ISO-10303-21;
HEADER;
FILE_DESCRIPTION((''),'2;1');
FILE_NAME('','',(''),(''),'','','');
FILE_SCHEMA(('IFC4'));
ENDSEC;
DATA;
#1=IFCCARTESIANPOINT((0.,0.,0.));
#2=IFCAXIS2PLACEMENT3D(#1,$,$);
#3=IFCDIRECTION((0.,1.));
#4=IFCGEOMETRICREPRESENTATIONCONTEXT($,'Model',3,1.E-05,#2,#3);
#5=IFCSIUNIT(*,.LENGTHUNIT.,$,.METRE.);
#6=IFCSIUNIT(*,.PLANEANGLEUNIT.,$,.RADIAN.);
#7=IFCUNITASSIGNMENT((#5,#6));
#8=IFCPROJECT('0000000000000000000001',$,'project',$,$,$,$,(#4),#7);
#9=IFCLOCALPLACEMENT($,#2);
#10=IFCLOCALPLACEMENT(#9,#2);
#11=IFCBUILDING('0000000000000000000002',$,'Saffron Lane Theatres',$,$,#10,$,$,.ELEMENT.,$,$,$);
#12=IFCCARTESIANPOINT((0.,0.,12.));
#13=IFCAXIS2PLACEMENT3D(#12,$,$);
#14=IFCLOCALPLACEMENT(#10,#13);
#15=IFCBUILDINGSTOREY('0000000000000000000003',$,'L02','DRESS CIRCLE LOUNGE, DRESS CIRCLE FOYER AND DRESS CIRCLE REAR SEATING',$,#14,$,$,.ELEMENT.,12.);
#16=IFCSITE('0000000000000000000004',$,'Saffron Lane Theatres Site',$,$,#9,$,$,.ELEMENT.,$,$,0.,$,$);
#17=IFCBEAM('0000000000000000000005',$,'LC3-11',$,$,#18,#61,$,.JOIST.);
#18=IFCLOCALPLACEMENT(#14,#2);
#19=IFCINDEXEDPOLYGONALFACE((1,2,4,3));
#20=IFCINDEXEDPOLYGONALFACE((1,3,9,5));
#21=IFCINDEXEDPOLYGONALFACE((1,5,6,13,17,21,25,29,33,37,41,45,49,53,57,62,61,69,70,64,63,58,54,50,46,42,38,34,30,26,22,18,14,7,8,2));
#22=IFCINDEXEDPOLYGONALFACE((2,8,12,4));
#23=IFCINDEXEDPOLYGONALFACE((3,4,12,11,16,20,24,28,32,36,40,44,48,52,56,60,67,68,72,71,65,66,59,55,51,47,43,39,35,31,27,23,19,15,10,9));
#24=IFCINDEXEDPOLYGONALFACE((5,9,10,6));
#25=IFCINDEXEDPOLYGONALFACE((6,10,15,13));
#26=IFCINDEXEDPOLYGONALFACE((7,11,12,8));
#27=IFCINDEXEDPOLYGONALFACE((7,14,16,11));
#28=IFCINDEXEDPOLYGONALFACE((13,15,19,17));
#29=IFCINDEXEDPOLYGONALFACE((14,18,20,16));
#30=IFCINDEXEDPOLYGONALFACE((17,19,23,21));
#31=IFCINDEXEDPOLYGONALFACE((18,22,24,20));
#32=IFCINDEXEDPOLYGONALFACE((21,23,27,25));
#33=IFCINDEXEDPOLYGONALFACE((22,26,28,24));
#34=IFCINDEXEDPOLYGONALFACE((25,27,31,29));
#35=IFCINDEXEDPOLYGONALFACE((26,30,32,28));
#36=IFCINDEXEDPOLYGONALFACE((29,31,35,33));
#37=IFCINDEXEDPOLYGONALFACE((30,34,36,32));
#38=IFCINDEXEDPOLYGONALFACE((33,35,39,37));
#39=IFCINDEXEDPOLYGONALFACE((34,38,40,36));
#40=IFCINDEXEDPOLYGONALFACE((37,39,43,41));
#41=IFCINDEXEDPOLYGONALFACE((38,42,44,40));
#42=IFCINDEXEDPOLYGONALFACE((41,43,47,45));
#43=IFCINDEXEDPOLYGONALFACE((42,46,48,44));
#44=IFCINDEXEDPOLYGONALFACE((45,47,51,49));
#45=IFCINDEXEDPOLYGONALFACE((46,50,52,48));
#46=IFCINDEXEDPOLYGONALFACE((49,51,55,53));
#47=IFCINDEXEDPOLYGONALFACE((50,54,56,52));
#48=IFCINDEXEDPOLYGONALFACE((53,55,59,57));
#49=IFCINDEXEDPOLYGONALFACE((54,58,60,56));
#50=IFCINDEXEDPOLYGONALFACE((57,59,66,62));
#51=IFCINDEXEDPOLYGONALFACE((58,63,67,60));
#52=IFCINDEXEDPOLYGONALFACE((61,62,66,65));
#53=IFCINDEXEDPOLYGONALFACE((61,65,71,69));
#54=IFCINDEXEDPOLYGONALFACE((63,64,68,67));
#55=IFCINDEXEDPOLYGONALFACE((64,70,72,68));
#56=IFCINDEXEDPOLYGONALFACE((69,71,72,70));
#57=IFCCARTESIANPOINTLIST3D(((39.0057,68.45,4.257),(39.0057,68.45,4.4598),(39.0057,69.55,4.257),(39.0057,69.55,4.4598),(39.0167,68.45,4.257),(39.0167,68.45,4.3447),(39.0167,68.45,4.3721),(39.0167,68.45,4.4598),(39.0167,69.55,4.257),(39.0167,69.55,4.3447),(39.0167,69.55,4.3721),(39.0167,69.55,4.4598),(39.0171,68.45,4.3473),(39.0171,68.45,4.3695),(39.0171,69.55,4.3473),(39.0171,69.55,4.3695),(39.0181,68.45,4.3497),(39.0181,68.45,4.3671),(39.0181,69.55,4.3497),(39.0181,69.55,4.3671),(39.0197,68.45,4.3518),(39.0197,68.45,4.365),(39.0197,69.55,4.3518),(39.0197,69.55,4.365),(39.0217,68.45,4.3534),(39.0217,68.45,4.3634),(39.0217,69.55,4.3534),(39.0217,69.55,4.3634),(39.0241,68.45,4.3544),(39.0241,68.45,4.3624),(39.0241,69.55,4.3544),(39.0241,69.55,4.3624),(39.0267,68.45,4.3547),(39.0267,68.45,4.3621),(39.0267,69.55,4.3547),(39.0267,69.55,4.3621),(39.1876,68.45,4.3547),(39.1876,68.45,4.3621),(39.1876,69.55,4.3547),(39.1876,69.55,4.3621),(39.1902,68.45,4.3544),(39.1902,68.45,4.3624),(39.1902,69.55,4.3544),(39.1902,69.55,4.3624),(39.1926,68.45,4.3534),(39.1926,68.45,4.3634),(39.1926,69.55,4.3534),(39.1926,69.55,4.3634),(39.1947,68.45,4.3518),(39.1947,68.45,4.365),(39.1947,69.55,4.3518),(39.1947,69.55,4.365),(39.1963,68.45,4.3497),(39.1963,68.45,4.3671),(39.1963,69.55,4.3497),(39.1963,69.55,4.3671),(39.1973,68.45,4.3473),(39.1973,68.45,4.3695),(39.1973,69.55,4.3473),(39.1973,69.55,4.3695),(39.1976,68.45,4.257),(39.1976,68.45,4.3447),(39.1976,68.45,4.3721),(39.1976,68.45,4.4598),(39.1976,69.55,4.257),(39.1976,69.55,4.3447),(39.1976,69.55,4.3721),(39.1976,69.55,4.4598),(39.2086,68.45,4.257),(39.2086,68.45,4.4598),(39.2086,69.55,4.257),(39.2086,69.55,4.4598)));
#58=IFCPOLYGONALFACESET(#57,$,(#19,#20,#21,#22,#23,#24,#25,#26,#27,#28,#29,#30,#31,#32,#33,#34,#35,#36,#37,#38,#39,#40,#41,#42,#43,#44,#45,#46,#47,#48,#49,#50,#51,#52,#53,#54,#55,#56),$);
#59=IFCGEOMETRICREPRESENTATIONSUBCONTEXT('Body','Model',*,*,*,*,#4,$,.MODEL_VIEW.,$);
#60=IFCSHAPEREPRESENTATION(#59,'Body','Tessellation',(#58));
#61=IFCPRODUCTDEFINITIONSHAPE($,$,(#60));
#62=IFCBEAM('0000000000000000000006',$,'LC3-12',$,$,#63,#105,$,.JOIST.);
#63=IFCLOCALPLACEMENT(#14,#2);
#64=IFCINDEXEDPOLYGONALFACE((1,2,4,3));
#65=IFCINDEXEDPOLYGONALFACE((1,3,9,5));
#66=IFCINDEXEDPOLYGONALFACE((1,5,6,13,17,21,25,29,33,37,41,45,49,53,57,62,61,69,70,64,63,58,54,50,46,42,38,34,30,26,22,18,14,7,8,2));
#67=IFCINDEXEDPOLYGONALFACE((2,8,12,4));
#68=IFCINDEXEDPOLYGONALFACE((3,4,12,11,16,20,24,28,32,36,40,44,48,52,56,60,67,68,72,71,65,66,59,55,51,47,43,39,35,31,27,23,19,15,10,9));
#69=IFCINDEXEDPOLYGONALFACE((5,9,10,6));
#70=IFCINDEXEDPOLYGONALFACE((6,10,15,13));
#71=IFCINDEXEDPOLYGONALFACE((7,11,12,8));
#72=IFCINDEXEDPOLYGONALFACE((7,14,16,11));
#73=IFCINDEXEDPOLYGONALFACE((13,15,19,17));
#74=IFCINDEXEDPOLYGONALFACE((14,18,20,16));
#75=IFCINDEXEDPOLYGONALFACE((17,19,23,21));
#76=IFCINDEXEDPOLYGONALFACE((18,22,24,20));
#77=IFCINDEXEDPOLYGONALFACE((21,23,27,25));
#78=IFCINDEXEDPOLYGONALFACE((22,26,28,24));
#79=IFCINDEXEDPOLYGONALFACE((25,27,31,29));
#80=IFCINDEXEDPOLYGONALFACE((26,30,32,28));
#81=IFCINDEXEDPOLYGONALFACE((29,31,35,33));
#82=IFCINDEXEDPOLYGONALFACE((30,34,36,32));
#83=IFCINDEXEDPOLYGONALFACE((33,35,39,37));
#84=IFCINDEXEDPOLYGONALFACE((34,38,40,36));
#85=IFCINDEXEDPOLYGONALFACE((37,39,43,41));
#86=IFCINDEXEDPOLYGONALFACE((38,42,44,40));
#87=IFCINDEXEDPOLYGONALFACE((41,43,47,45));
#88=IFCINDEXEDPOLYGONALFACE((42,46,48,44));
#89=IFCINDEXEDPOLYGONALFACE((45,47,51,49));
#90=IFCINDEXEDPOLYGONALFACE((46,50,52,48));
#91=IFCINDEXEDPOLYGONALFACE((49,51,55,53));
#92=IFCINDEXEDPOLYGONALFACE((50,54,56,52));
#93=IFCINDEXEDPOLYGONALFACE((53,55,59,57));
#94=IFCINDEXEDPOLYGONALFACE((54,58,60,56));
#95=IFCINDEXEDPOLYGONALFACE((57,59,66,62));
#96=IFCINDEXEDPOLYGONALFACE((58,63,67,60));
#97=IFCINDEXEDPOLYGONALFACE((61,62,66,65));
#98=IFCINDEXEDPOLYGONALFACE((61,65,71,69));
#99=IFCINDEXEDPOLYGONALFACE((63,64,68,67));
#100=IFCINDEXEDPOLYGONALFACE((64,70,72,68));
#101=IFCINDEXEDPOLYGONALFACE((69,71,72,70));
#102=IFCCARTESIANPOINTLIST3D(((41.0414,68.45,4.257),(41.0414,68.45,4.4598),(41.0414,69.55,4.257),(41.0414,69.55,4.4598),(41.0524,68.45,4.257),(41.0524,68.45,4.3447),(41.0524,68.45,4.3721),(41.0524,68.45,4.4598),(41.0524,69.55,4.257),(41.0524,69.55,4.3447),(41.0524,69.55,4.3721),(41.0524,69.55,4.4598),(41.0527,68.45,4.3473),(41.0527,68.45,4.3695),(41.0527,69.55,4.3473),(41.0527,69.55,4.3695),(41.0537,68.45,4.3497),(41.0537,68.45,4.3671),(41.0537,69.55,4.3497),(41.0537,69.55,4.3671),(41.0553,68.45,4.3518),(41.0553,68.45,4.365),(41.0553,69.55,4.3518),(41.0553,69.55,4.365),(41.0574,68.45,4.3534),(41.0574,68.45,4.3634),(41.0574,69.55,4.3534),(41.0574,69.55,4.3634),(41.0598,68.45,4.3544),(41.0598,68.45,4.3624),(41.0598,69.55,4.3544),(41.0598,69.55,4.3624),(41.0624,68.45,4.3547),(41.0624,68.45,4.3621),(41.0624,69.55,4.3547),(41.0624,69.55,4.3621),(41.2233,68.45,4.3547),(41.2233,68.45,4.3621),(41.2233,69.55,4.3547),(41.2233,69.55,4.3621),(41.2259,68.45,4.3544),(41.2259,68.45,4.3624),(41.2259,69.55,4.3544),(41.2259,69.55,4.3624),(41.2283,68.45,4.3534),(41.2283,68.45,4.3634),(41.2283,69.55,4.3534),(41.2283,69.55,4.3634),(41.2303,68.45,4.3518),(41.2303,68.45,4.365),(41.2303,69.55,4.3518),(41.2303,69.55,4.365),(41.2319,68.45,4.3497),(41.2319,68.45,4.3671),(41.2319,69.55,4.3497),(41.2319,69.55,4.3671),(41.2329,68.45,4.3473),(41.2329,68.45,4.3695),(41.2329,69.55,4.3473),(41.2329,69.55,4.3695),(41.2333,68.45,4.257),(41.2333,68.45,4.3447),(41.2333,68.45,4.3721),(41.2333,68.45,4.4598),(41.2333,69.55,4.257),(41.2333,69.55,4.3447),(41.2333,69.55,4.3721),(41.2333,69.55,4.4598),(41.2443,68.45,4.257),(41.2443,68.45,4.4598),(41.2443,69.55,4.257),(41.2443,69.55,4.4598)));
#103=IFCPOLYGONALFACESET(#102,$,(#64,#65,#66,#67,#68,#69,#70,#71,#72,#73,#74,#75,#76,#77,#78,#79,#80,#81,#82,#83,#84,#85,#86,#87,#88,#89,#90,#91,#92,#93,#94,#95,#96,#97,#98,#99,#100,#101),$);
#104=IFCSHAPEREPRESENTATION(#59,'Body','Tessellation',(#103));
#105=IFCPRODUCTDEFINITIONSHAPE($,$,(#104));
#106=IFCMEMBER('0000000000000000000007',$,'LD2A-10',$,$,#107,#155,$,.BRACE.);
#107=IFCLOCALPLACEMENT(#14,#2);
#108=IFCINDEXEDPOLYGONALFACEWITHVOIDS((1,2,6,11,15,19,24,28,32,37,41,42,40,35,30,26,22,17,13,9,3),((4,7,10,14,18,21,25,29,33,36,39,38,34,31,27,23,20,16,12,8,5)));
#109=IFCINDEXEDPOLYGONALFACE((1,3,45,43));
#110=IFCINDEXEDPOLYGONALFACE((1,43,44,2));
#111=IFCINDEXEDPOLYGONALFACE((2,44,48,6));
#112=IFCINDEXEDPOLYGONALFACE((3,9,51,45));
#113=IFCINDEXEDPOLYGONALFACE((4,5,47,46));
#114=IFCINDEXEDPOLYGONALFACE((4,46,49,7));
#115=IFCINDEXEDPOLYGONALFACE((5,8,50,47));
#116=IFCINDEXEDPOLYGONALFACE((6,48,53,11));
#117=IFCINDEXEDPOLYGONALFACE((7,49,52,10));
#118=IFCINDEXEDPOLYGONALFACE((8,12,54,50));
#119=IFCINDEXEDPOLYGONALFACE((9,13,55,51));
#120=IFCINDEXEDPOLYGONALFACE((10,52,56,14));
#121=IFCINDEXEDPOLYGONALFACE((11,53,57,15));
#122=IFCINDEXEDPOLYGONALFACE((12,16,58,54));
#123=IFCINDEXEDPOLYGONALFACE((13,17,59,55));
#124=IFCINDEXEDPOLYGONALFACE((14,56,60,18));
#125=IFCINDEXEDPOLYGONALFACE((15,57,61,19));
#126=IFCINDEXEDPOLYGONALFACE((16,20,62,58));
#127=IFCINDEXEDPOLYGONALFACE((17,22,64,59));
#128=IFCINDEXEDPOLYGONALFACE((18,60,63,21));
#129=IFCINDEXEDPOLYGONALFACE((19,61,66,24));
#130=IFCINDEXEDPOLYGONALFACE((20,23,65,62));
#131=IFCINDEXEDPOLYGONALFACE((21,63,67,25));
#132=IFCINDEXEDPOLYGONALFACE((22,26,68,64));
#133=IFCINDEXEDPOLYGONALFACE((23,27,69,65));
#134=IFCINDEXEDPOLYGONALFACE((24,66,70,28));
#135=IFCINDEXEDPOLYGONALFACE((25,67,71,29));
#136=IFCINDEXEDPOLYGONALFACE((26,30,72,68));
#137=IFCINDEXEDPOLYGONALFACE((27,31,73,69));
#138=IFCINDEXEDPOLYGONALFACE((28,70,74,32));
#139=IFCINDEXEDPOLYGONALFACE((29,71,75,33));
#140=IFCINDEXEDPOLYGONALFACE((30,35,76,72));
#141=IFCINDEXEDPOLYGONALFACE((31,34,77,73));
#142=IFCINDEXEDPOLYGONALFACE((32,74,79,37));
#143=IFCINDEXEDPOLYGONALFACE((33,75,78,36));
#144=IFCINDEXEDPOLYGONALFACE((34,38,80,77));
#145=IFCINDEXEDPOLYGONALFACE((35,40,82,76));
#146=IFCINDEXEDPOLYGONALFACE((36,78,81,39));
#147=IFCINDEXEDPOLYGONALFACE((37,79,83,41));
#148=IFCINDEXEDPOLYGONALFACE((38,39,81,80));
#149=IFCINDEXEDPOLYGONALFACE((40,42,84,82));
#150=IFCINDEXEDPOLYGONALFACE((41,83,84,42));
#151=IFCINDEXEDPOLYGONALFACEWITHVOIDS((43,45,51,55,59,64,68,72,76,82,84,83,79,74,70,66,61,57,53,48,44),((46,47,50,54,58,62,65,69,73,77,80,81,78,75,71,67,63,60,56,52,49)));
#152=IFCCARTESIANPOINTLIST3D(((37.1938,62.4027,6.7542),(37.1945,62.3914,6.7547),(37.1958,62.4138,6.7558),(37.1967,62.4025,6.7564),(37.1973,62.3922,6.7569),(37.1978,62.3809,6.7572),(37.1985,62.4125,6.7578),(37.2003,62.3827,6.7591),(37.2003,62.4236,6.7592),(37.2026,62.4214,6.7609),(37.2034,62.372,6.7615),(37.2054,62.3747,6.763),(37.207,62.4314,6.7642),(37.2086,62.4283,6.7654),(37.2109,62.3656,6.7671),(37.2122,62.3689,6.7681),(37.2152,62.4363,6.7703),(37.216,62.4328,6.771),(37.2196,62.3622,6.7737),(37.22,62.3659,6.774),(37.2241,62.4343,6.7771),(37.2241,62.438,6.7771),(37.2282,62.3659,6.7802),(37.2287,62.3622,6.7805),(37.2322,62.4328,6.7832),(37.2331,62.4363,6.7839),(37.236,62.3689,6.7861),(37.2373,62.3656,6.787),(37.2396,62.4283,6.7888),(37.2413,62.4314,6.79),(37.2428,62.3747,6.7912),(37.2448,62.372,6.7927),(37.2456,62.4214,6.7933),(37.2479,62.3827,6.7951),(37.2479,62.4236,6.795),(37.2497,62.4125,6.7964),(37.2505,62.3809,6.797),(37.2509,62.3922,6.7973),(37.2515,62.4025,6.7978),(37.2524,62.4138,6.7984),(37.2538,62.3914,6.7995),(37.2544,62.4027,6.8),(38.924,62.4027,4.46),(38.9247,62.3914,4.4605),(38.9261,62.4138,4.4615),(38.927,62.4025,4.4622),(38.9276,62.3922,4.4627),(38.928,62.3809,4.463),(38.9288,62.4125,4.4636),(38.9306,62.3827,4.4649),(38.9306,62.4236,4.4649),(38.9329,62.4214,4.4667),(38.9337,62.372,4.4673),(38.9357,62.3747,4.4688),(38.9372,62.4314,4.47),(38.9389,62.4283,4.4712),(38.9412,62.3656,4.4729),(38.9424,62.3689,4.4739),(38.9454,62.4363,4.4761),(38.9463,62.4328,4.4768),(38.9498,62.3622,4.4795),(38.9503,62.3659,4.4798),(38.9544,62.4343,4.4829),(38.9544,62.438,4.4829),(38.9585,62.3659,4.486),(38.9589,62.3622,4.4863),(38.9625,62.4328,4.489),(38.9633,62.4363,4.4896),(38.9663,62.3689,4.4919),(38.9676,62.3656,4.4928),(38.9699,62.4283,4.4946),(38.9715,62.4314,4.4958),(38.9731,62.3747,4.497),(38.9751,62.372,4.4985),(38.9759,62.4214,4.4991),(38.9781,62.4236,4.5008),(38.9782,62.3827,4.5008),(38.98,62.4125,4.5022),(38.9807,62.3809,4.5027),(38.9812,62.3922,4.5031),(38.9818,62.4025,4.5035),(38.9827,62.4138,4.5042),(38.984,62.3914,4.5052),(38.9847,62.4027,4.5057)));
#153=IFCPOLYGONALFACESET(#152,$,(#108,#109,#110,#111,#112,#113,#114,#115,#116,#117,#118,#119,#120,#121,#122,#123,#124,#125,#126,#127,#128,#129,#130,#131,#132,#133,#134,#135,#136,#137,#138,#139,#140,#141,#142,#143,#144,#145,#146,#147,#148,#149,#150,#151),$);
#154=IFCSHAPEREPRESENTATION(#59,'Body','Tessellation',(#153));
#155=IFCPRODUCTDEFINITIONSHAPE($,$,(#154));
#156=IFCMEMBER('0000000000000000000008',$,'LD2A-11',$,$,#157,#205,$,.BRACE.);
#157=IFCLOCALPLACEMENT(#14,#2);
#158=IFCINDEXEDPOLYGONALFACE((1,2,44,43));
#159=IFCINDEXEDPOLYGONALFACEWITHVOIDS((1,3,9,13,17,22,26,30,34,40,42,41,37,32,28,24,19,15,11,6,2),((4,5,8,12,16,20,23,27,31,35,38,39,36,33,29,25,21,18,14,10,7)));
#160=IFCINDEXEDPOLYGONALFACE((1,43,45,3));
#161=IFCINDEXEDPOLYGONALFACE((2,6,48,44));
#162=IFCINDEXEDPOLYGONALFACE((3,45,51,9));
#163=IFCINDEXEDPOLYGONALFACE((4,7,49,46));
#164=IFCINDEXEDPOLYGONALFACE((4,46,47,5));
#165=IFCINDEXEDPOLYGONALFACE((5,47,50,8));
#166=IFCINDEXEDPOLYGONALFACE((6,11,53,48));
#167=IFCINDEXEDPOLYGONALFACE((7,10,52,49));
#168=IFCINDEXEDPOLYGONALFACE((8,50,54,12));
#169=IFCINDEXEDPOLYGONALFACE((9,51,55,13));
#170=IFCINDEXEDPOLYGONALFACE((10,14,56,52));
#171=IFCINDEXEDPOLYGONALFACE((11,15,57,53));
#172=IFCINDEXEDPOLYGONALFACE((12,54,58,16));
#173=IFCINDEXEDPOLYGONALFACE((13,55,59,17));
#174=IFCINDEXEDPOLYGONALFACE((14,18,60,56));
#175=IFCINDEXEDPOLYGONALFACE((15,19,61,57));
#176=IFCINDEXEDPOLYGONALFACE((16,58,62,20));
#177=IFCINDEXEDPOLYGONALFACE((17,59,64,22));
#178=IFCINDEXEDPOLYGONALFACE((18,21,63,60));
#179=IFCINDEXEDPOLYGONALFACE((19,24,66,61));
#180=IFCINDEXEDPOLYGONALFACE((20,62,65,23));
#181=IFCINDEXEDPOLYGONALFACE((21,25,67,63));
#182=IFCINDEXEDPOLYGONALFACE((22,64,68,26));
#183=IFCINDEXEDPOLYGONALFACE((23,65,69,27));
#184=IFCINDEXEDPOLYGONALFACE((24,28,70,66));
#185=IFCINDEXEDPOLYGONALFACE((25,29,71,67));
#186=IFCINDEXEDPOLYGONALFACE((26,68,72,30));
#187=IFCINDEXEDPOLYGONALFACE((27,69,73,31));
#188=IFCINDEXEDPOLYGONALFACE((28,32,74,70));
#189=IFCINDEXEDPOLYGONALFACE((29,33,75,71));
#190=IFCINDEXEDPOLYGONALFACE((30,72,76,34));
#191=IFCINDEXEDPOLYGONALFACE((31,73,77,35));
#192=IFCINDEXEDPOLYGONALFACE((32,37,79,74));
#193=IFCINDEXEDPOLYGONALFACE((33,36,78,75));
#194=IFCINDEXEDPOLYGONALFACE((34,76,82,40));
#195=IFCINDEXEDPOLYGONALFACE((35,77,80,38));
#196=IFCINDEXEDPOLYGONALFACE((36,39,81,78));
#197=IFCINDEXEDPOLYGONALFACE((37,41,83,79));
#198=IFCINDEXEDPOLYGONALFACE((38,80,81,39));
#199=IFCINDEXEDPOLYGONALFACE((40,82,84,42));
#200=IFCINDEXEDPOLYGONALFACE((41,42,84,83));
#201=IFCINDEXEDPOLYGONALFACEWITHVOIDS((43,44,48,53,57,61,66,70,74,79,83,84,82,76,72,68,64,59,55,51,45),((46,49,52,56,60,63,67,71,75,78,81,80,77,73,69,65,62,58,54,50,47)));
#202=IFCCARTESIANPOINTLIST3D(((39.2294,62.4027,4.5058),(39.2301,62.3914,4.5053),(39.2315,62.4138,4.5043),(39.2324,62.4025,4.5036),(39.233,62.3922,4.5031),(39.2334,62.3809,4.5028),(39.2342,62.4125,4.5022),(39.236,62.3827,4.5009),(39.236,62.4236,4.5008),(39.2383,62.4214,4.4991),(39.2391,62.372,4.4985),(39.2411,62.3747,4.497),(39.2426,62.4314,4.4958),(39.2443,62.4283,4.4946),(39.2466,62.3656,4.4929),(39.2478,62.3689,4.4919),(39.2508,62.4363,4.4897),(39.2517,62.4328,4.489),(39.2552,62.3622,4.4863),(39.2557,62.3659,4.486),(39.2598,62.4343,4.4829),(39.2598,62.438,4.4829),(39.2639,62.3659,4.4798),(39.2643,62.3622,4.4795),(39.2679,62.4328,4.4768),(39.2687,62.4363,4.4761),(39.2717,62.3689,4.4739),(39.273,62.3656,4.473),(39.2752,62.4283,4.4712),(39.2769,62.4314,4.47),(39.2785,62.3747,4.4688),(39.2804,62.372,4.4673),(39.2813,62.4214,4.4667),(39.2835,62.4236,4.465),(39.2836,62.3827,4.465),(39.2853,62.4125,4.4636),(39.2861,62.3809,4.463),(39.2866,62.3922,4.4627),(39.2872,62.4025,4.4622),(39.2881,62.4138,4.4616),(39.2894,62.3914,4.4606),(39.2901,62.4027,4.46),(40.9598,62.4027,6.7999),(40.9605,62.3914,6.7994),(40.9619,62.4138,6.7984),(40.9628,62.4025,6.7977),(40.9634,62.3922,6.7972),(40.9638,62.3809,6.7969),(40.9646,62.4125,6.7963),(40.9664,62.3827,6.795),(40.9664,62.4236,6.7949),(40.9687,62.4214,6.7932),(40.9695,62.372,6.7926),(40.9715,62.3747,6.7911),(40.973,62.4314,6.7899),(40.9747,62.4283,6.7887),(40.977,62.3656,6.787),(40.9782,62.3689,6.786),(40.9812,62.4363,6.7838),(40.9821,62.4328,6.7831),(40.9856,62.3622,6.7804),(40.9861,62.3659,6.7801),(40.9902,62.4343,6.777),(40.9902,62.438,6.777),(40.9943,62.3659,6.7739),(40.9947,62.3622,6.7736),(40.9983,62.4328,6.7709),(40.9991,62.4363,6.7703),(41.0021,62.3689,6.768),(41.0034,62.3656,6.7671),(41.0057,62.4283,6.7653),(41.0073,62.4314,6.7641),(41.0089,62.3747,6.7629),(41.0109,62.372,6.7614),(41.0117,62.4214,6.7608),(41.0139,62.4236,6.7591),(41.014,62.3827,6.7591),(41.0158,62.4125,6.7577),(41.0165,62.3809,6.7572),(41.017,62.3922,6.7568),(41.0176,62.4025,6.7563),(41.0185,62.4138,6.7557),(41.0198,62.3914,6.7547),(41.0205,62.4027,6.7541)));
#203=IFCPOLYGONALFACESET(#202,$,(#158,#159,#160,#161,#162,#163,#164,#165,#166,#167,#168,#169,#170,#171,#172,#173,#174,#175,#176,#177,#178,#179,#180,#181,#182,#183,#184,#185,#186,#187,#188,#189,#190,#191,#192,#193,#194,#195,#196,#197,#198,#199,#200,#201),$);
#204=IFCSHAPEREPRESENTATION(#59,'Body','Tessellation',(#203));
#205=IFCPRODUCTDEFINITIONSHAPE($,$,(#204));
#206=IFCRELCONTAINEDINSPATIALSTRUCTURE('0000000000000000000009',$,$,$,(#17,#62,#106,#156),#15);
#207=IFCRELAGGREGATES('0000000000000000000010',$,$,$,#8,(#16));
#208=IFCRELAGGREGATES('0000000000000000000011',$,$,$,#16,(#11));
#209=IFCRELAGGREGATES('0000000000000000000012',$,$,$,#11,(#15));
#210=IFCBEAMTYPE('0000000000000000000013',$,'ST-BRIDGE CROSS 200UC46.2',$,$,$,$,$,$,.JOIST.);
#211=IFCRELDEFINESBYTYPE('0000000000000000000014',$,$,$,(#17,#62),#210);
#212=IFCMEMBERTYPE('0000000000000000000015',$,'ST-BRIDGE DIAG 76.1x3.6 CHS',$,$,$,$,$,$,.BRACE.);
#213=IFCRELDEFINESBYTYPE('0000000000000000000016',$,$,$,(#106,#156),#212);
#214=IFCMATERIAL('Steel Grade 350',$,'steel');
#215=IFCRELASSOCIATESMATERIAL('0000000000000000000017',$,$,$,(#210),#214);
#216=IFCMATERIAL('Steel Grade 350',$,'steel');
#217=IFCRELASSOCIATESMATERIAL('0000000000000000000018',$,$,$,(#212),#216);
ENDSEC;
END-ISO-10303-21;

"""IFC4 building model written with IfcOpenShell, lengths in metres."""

from ifc_helpers import new_model, si_unit, direction, frame, origin, origin_2d, place, context, subcontext, project, spatial, hollow_circle, i_section, extrude, material, material_profile, profile_set, type_object, element, save


model = new_model("IFC4")

# Units and contexts
model_context = context("Model", 3, precision=1e-05, world=origin(), true_north=direction((0.0, 1.0)))
body_context = subcontext(model_context, "Body", "Model", "MODEL_VIEW")
ifc_project = project(units=[si_unit("LENGTHUNIT", "METRE"), si_unit("PLANEANGLEUNIT", "RADIAN")], contexts=[model_context])

# Site, building, storey
site_placement = place(None, origin())
site = spatial("IfcSite", under=ifc_project, at=site_placement, Name="Saffron Lane Theatres Site", CompositionType="ELEMENT", RefElevation=0.0)
building_placement = place(site_placement, origin())
building = spatial("IfcBuilding", under=site, at=building_placement, Name="Saffron Lane Theatres", CompositionType="ELEMENT")
storey_placement = place(building_placement, frame((0.0, 0.0, 12.0)))
storey = spatial("IfcBuildingStorey", under=building, at=storey_placement, Name="L02", Description="DRESS CIRCLE LOUNGE, DRESS CIRCLE FOYER AND DRESS CIRCLE REAR SEATING", CompositionType="ELEMENT", Elevation=12.0)

# Beams
ifc_material_1 = material(Name="Steel Grade 350", Category="steel")
ifc_material_profile_1 = material_profile(ifc_material_1, i_section(OverallWidth=0.2029, OverallDepth=0.2029, WebThickness=0.0073, FlangeThickness=0.011, FilletRadius=0.01, at=origin_2d()))
ifc_profile_set_1 = profile_set([ifc_material_profile_1], Name="Steel Grade 350")
beam_type = type_object("IfcBeamType", Name="ST-BRIDGE CROSS 200UC46.2", PredefinedType="JOIST", material=ifc_profile_set_1)
for number, where, z_axis, x_axis, name in (
    (1, (39.1072, 68.45, 4.3584), (0.0, 1.0, 0.0), (0.0, 0.0, 1.0), "LC3-11"),
    (2, (41.1428, 68.45, 4.3584), (0.0, 1.0, 0.0), (0.0, 0.0, 1.0), "LC3-12"),
):
    element("IfcBeam", number, at=place(storey_placement, frame(where, z_axis=z_axis, x_axis=x_axis)), inside=storey, type_object=beam_type, Name=name, PredefinedType="JOIST", context=body_context, shape_type="SweptSolid", body=[
        extrude(i_section(OverallWidth=0.2029, OverallDepth=0.2029, WebThickness=0.0073, FlangeThickness=0.011, FilletRadius=0.01, at=origin_2d()), origin(), (0.0, 0.0, 1.0), 1.1001),
    ])

# Members
ifc_material_2 = material(Name="Steel Grade 350", Category="steel")
ifc_material_profile_2 = material_profile(ifc_material_2, hollow_circle(Radius=0.0381, WallThickness=0.0037, at=origin_2d()))
ifc_profile_set_2 = profile_set([ifc_material_profile_2], Name="Steel Grade 350")
member_type = type_object("IfcMemberType", Name="ST-BRIDGE DIAG 76.1x3.6 CHS", PredefinedType="BRACE", material=ifc_profile_set_2)
for number, where, z_axis, x_axis, name in (
    (3, (37.2241, 62.3999, 6.7771), (0.602132, 0.0, -0.798396), (0.0, 1.0, 0.0), "LD2A-10"),
    (4, (39.2598, 62.3999, 4.4829), (0.602186, 0.0, 0.798356), (0.0, 1.0, 0.0), "LD2A-11"),
):
    element("IfcMember", number, at=place(storey_placement, frame(where, z_axis=z_axis, x_axis=x_axis)), inside=storey, type_object=member_type, Name=name, PredefinedType="BRACE", context=body_context, shape_type="SweptSolid", body=[
        extrude(hollow_circle(Radius=0.0381, WallThickness=0.0037, at=origin_2d()), origin(), (0.0, 0.0, 1.0), 2.8735),
    ])

save(model, "model.ifc")
